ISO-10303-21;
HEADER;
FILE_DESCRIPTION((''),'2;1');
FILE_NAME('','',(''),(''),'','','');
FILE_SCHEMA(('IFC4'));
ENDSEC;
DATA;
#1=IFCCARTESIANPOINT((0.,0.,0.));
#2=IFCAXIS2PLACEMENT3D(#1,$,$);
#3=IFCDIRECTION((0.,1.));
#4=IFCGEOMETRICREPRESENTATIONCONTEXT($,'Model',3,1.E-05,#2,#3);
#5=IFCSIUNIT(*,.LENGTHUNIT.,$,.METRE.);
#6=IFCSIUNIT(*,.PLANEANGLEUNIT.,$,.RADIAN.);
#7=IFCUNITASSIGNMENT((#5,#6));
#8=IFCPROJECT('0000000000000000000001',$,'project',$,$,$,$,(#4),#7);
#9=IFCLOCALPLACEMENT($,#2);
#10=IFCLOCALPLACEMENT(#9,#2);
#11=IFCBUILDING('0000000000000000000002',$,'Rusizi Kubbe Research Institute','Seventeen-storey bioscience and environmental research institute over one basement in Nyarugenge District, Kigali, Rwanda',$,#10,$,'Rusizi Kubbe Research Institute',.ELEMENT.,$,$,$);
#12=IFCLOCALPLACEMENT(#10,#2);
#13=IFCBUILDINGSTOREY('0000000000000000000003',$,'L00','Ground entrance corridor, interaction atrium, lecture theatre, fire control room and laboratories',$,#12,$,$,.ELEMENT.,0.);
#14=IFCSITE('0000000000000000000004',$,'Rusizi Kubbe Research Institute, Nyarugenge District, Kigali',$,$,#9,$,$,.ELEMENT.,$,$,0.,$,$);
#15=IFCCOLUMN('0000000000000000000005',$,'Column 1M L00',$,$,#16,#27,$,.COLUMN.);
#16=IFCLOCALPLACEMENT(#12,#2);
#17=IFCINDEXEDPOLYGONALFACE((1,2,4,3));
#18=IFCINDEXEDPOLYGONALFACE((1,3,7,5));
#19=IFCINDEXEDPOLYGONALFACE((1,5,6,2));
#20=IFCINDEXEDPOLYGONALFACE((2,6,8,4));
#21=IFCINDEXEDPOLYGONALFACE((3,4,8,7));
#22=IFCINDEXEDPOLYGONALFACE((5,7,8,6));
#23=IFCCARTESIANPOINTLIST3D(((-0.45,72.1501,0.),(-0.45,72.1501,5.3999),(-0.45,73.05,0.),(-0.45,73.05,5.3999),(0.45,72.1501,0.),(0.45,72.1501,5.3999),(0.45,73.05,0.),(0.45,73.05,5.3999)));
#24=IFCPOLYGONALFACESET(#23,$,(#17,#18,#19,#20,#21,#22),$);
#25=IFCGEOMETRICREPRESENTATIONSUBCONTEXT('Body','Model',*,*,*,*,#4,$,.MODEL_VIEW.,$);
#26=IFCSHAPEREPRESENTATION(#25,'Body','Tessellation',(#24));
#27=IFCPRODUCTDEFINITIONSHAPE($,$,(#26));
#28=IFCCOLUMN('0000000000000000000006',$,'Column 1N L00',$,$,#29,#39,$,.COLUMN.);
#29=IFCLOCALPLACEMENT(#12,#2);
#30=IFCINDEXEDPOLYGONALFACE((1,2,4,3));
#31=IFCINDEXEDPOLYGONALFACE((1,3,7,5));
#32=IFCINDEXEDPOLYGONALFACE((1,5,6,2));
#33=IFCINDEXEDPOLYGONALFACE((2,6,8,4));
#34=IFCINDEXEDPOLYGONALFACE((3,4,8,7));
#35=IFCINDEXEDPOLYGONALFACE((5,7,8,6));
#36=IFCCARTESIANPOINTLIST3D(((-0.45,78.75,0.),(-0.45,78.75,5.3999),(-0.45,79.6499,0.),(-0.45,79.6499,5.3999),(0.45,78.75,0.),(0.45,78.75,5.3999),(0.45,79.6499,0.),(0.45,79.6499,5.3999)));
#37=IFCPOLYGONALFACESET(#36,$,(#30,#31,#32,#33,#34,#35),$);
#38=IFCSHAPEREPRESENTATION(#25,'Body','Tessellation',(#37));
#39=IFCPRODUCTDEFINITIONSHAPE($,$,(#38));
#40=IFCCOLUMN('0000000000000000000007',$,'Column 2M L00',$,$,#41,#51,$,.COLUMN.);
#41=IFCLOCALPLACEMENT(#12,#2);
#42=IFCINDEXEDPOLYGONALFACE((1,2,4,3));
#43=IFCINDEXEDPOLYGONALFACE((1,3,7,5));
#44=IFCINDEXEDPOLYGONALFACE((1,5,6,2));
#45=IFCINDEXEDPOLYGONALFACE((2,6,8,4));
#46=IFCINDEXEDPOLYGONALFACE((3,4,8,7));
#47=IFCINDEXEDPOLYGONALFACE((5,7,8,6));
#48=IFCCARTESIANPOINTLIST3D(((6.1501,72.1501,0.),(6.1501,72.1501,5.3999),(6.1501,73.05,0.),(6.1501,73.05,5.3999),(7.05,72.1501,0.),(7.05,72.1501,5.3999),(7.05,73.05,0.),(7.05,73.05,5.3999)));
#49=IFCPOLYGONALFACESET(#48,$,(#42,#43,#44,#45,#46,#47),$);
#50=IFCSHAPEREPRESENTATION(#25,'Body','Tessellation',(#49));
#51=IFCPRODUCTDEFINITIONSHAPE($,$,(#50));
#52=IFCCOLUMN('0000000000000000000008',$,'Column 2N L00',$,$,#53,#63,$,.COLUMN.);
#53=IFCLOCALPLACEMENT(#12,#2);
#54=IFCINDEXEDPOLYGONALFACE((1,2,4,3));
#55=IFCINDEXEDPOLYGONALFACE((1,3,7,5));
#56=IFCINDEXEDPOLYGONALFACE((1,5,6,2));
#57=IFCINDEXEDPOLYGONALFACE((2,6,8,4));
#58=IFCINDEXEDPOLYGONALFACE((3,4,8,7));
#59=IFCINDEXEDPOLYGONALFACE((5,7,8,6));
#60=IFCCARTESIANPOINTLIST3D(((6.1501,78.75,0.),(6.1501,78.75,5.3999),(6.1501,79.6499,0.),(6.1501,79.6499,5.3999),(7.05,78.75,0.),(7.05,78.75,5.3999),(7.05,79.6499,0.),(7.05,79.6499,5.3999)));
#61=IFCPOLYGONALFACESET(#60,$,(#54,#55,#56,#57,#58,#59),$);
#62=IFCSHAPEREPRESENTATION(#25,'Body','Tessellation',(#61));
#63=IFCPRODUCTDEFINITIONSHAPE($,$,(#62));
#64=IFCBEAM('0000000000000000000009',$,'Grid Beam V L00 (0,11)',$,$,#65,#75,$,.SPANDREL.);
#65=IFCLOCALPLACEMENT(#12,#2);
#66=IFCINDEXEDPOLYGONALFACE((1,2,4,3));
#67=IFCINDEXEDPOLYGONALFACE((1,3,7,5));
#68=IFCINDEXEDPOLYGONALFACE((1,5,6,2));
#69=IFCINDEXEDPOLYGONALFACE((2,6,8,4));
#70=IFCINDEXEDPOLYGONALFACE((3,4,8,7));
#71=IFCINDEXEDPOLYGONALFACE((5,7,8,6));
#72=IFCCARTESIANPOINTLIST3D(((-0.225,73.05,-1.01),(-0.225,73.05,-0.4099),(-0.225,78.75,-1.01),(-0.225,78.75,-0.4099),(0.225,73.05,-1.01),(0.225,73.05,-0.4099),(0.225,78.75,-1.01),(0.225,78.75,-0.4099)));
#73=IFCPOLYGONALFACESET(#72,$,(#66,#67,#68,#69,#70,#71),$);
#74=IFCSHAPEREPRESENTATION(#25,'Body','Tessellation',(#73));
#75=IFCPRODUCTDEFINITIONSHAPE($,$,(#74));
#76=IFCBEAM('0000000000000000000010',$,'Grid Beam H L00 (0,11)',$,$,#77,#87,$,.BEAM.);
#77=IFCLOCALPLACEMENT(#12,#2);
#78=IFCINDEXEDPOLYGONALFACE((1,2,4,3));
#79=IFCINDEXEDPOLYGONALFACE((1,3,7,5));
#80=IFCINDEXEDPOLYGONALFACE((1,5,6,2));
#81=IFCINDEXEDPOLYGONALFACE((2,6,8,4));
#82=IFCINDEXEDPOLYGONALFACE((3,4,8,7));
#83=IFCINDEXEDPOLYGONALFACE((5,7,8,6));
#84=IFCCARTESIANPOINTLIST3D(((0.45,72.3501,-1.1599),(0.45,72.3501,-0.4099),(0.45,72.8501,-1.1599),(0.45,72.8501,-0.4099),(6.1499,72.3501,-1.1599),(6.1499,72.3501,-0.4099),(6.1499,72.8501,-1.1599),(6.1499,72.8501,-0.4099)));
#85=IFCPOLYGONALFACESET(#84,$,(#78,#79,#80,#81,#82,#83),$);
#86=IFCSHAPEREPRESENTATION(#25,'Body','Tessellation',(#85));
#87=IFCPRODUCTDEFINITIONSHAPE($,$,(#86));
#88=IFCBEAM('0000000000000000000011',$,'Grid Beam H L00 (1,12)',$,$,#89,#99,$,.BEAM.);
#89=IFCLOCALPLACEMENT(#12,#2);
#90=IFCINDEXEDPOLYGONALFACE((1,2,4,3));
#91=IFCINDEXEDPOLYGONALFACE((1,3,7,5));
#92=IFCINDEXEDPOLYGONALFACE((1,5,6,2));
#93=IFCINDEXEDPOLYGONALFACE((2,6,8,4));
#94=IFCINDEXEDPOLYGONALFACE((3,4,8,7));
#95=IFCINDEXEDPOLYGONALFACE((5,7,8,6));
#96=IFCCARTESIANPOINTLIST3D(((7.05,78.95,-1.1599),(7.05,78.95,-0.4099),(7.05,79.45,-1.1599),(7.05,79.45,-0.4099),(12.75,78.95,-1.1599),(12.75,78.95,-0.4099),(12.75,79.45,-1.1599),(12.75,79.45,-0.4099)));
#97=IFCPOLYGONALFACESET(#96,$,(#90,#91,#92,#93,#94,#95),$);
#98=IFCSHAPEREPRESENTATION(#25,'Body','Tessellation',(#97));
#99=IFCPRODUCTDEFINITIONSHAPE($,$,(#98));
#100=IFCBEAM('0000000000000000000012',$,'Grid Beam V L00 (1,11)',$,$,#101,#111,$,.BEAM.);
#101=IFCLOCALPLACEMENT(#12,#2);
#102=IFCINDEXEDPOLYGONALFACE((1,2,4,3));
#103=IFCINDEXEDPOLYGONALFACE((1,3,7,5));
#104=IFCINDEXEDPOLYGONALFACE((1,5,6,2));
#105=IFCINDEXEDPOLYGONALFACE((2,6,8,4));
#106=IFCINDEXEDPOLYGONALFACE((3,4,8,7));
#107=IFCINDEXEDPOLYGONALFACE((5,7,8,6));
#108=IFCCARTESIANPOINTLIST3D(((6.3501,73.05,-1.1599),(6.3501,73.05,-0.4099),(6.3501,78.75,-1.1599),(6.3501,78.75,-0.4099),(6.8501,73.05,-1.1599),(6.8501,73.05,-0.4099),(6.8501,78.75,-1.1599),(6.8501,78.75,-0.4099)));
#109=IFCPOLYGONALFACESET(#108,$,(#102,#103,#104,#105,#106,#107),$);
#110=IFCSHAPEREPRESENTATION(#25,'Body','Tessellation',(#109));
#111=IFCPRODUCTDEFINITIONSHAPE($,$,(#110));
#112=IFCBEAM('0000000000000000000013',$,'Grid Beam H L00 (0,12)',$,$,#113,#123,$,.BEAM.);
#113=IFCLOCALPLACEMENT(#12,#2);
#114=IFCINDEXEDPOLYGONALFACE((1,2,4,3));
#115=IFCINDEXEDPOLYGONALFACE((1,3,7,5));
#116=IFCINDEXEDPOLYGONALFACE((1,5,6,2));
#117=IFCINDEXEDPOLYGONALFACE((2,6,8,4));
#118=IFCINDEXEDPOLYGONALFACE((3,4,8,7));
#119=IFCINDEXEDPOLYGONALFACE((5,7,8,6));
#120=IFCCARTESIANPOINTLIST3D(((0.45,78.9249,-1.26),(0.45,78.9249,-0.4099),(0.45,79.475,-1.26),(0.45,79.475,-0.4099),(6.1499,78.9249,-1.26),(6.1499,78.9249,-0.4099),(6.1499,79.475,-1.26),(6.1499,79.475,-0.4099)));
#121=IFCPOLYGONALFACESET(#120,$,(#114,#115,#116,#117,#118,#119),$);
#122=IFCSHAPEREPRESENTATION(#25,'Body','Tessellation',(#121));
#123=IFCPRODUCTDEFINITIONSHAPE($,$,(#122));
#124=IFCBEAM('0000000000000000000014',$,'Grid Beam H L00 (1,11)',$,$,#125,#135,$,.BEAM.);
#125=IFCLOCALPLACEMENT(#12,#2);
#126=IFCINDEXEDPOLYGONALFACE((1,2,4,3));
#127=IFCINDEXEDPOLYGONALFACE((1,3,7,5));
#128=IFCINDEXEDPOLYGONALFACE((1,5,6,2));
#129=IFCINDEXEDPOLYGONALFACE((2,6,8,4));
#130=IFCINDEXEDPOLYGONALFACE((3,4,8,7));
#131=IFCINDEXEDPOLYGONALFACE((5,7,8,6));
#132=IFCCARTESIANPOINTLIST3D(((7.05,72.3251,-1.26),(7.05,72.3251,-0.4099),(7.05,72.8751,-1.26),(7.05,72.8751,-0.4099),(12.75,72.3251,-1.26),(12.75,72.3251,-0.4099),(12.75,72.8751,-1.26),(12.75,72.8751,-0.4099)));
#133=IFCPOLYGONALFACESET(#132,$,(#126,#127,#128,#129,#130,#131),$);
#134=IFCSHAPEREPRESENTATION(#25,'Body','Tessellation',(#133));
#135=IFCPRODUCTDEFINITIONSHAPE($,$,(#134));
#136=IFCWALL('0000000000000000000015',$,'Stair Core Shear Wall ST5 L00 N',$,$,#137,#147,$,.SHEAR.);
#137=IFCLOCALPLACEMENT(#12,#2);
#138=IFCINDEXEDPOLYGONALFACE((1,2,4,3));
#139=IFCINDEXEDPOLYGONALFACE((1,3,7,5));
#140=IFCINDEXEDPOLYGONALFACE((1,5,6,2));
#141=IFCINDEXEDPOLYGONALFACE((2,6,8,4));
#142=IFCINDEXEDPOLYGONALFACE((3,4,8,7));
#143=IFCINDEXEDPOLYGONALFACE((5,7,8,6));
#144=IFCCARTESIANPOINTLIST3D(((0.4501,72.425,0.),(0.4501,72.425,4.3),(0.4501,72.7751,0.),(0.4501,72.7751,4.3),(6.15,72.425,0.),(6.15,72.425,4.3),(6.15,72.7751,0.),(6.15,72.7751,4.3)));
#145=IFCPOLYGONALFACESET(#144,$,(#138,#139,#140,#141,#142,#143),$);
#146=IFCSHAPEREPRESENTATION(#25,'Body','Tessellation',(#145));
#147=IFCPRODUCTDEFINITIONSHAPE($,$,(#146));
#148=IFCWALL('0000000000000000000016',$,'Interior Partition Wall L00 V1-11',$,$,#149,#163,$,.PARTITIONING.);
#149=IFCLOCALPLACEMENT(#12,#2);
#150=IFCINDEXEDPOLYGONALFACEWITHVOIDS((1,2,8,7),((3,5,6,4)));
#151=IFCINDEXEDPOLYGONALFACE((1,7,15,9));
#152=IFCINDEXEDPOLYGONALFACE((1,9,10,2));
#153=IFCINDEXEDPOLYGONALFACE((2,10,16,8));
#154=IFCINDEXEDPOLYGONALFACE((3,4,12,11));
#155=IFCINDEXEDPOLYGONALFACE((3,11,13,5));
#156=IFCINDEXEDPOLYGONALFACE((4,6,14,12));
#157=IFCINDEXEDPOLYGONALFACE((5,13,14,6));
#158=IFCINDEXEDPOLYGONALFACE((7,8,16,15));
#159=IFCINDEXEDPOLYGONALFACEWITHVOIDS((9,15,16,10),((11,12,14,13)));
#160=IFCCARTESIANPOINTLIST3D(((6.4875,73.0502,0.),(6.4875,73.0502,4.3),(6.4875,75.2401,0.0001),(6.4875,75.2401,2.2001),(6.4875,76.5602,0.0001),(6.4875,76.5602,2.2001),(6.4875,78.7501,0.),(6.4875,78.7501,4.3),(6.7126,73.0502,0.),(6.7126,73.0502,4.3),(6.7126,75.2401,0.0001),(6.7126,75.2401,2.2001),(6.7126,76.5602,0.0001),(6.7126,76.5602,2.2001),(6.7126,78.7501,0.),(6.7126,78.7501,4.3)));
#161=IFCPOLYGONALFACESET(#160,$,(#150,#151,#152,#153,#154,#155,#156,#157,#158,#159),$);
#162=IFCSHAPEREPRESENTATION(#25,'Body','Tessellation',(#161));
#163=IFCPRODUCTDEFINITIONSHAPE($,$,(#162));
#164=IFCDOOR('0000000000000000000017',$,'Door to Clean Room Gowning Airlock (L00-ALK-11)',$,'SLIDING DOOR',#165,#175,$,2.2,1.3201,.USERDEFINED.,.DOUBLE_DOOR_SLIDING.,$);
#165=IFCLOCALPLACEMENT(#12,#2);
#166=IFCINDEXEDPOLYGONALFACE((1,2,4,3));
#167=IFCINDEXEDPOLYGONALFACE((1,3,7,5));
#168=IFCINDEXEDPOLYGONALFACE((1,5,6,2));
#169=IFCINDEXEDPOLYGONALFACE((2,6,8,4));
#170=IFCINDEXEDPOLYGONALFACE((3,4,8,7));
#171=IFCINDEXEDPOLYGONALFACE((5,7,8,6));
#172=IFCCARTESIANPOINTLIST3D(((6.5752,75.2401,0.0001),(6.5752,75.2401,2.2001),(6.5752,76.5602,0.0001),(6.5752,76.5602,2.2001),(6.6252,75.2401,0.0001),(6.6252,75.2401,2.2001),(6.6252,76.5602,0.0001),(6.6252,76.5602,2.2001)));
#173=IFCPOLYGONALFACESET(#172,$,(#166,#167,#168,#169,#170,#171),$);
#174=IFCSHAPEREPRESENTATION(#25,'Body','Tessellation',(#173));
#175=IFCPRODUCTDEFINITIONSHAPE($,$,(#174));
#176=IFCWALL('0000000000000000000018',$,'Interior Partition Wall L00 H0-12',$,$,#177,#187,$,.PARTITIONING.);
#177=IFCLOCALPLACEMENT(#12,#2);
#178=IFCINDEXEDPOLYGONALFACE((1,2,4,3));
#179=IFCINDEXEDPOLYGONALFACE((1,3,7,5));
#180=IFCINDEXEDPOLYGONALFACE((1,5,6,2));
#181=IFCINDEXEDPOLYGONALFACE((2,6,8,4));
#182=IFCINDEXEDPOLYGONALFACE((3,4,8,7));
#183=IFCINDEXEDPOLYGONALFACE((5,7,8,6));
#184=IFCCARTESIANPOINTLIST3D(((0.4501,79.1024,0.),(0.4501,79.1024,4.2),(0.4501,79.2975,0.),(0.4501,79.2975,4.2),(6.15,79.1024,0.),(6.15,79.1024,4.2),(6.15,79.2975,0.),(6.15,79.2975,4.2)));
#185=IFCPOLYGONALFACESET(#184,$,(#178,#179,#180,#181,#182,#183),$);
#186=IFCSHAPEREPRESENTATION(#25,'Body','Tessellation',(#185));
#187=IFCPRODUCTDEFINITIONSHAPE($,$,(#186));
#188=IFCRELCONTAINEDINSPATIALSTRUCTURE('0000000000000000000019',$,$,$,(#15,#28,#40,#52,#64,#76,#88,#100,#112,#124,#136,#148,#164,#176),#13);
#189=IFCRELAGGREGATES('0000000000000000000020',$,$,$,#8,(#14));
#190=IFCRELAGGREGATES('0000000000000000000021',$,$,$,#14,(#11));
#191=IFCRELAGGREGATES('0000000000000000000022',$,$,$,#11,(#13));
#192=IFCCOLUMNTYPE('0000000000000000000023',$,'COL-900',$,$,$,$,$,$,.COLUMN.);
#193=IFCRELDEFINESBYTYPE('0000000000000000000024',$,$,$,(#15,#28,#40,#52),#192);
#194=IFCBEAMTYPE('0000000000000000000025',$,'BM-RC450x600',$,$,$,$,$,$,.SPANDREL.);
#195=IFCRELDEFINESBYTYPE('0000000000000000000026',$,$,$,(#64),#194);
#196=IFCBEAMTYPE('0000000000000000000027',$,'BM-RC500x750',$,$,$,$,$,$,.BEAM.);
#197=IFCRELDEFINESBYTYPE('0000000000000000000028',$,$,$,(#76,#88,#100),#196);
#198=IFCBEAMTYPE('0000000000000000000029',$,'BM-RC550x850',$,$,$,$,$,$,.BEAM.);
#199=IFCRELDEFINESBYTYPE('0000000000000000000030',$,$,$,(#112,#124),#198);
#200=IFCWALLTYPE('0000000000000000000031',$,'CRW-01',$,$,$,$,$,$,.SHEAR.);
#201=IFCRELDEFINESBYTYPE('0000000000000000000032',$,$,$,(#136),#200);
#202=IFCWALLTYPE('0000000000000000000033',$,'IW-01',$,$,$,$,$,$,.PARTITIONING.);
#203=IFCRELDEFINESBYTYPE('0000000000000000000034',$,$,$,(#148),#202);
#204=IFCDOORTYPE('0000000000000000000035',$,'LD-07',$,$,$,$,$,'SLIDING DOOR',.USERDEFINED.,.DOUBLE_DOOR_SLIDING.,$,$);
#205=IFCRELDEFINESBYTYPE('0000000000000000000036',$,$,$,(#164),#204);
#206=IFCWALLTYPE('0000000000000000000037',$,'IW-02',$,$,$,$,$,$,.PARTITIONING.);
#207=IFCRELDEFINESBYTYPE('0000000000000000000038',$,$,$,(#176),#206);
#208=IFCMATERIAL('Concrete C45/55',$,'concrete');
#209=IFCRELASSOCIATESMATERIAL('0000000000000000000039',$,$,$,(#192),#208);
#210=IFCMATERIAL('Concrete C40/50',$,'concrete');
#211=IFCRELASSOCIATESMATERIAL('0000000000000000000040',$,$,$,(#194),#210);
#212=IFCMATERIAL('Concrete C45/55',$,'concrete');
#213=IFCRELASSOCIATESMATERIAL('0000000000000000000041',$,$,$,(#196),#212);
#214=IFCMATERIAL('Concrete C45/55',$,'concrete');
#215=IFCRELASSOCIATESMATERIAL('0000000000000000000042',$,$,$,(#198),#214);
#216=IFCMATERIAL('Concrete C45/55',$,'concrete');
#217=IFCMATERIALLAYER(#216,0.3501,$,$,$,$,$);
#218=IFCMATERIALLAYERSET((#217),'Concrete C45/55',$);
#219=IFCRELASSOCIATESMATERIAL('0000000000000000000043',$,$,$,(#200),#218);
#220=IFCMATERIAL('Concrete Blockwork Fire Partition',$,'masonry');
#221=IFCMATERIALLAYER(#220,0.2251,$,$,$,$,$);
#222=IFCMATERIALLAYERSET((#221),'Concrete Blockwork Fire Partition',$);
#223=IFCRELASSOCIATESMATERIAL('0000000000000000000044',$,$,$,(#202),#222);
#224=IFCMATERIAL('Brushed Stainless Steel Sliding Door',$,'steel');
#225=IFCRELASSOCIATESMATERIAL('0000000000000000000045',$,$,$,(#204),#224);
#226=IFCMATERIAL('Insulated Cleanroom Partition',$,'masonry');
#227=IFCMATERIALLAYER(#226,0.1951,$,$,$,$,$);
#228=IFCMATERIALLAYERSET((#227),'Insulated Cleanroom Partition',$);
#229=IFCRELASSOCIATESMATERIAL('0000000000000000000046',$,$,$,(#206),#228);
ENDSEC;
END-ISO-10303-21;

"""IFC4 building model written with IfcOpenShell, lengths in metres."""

from ifc_helpers import new_model, si_unit, direction, frame, frame_2d, origin, origin_2d, place, context, subcontext, project, spatial, rectangle, extrude, material, layer, layer_set, material_profile, profile_set, type_object, element, fill, save


model = new_model("IFC4")

# Units and contexts
model_context = context("Model", 3, precision=1e-05, world=origin(), true_north=direction((0.0, 1.0)))
body_context = subcontext(model_context, "Body", "Model", "MODEL_VIEW")
ifc_project = project(units=[si_unit("LENGTHUNIT", "METRE"), si_unit("PLANEANGLEUNIT", "RADIAN")], contexts=[model_context])

# Site, building, storey
site_placement = place(None, origin())
site = spatial("IfcSite", under=ifc_project, at=site_placement, Name="Rusizi Kubbe Research Institute, Nyarugenge District, Kigali", CompositionType="ELEMENT", RefElevation=0.0)
building_placement = place(site_placement, origin())
building = spatial("IfcBuilding", under=site, at=building_placement, Name="Rusizi Kubbe Research Institute", Description="Seventeen-storey bioscience and environmental research institute over one basement in Nyarugenge District, Kigali, Rwanda", LongName="Rusizi Kubbe Research Institute", CompositionType="ELEMENT")
storey_placement = place(building_placement, origin())
storey = spatial("IfcBuildingStorey", under=building, at=storey_placement, Name="L00", Description="Ground entrance corridor, interaction atrium, lecture theatre, fire control room and laboratories", CompositionType="ELEMENT", Elevation=0.0)

# Columns
ifc_material_1 = material(Name="Concrete C45/55", Category="concrete")
ifc_material_profile_1 = material_profile(ifc_material_1, rectangle(XDim=0.8999, YDim=0.8999, at=origin_2d()), Name="RC900x900")
ifc_profile_set_1 = profile_set([ifc_material_profile_1], Name="Concrete C45/55")
column_type = type_object("IfcColumnType", Name="COL-900", PredefinedType="COLUMN", material=ifc_profile_set_1)
for number, where, z_axis, x_axis, name in (
    (1, (0.0, 72.6001, 0.0), (0.0, 0.0, 1.0), (1.0, 0.0, 0.0), "Column 1M L00"),
    (2, (0.0, 79.2, 0.0), (0.0, 0.0, 1.0), (1.0, 0.0, 0.0), "Column 1N L00"),
    (3, (6.6001, 72.6001, 0.0), (0.0, 0.0, 1.0), (1.0, 0.0, 0.0), "Column 2M L00"),
    (4, (6.6001, 79.2, 0.0), (0.0, 0.0, 1.0), (1.0, 0.0, 0.0), "Column 2N L00"),
):
    element("IfcColumn", number, at=place(storey_placement, frame(where, z_axis=z_axis, x_axis=x_axis)), inside=storey, type_object=column_type, Name=name, PredefinedType="COLUMN", context=body_context, shape_type="SweptSolid", body=[
        extrude(rectangle(XDim=0.8999, YDim=0.8999, at=origin_2d()), origin(), (0.0, 0.0, 1.0), 5.3999),
    ])

# Beams
ifc_material_2 = material(Name="Concrete C40/50", Category="concrete")
ifc_material_profile_2 = material_profile(ifc_material_2, rectangle(XDim=0.45, YDim=0.6001, at=origin_2d()), Name="RC450x600")
ifc_profile_set_2 = profile_set([ifc_material_profile_2], Name="Concrete C40/50")
beam_type_1 = type_object("IfcBeamType", Name="BM-RC450x600", PredefinedType="SPANDREL", material=ifc_profile_set_2)
beam_placement = place(storey_placement, frame((0.0, 73.05, -0.71), z_axis=(0.0, 1.0, 0.0), x_axis=(-1.0, 0.0, 0.0)))
element("IfcBeam", 5, at=beam_placement, inside=storey, type_object=beam_type_1, Name="Grid Beam V L00 (0,11)", PredefinedType="SPANDREL", context=body_context, shape_type="SweptSolid", body=[
    extrude(rectangle(XDim=0.45, YDim=0.6001, at=origin_2d()), origin(), (0.0, 0.0, 1.0), 5.7),
])
ifc_material_3 = material(Name="Concrete C45/55", Category="concrete")
ifc_material_profile_3 = material_profile(ifc_material_3, rectangle(XDim=0.5, YDim=0.75, at=origin_2d()), Name="RC500x750B")
ifc_profile_set_3 = profile_set([ifc_material_profile_3], Name="Concrete C45/55")
beam_type_2 = type_object("IfcBeamType", Name="BM-RC500x750", PredefinedType="BEAM", material=ifc_profile_set_3)
for number, where, z_axis, x_axis, name in (
    (6, (0.45, 72.6001, -0.7849), (1.0, 0.0, 0.0), (0.0, 1.0, 0.0), "Grid Beam H L00 (0,11)"),
    (7, (7.05, 79.2, -0.7849), (1.0, 0.0, 0.0), (0.0, 1.0, 0.0), "Grid Beam H L00 (1,12)"),
    (8, (6.6001, 73.05, -0.7849), (0.0, 1.0, 0.0), (-1.0, 0.0, 0.0), "Grid Beam V L00 (1,11)"),
):
    element("IfcBeam", number, at=place(storey_placement, frame(where, z_axis=z_axis, x_axis=x_axis)), inside=storey, type_object=beam_type_2, Name=name, PredefinedType="BEAM", context=body_context, shape_type="SweptSolid", body=[
        extrude(rectangle(XDim=0.5, YDim=0.75, at=origin_2d()), origin(), (0.0, 0.0, 1.0), 5.7),
    ])
ifc_material_4 = material(Name="Concrete C45/55", Category="concrete")
ifc_material_profile_4 = material_profile(ifc_material_4, rectangle(XDim=0.55, YDim=0.8501, at=origin_2d()), Name="RC550x850")
ifc_profile_set_4 = profile_set([ifc_material_profile_4], Name="Concrete C45/55")
beam_type_3 = type_object("IfcBeamType", Name="BM-RC550x850", PredefinedType="BEAM", material=ifc_profile_set_4)
for number, where, z_axis, x_axis, name in (
    (9, (0.45, 79.2, -0.835), (1.0, 0.0, 0.0), (0.0, 1.0, 0.0), "Grid Beam H L00 (0,12)"),
    (10, (7.05, 72.6001, -0.835), (1.0, 0.0, 0.0), (0.0, 1.0, 0.0), "Grid Beam H L00 (1,11)"),
):
    element("IfcBeam", number, at=place(storey_placement, frame(where, z_axis=z_axis, x_axis=x_axis)), inside=storey, type_object=beam_type_3, Name=name, PredefinedType="BEAM", context=body_context, shape_type="SweptSolid", body=[
        extrude(rectangle(XDim=0.55, YDim=0.8501, at=origin_2d()), origin(), (0.0, 0.0, 1.0), 5.7),
    ])

# Wall
ifc_material_5 = material(Name="Concrete C45/55", Category="concrete")
ifc_layer_1 = layer(ifc_material_5, 0.3501)
ifc_layer_set_1 = layer_set([ifc_layer_1], Name="Concrete C45/55")
wall_type_1 = type_object("IfcWallType", Name="CRW-01", PredefinedType="SHEAR", material=ifc_layer_set_1)
wall_1_placement = place(storey_placement, frame((0.45, 72.6001, 0.0), z_axis=(0.0, 0.0, 1.0), x_axis=(1.0, 0.0, 0.0)))
element("IfcWall", 11, at=wall_1_placement, inside=storey, type_object=wall_type_1, Name="Stair Core Shear Wall ST5 L00 N", PredefinedType="SHEAR", context=body_context, shape_type="SweptSolid", body=[
    extrude(rectangle(XDim=5.7, YDim=0.3501, at=frame_2d((2.8501, 0.0))), origin(), (0.0, 0.0, 1.0), 4.3),
])

# Wall, opening, door
ifc_material_6 = material(Name="Concrete Blockwork Fire Partition", Category="masonry")
ifc_layer_2 = layer(ifc_material_6, 0.2251)
ifc_layer_set_2 = layer_set([ifc_layer_2], Name="Concrete Blockwork Fire Partition")
wall_type_2 = type_object("IfcWallType", Name="IW-01", PredefinedType="PARTITIONING", material=ifc_layer_set_2)
wall_2_placement = place(storey_placement, frame((6.6001, 73.05, 0.0), z_axis=(0.0, 0.0, 1.0), x_axis=(0.0, 1.0, 0.0)))
wall_2 = element("IfcWall", 12, at=wall_2_placement, inside=storey, type_object=wall_type_2, Name="Interior Partition Wall L00 V1-11", PredefinedType="PARTITIONING", context=body_context, shape_type="SweptSolid", body=[
    extrude(rectangle(XDim=5.7, YDim=0.2251, at=frame_2d((2.8501, 0.0))), origin(), (0.0, 0.0, 1.0), 4.3),
])
opening_placement = place(wall_2_placement, frame((2.1899, 0.0, 0.0)))
opening = element("IfcOpeningElement", 13, at=opening_placement, cuts=wall_2, PredefinedType="OPENING", context=body_context, shape_type="SweptSolid", body=[
    extrude(rectangle(XDim=1.3201, YDim=2.2, at=frame_2d((0.6602, 1.1001))), frame((0.0, 0.1226, 0.0), z_axis=(0.0, -1.0, 0.0), x_axis=(1.0, 0.0, 0.0)), (0.0, 0.0, 1.0), 0.2451),
])
ifc_material_7 = material(Name="Brushed Stainless Steel Sliding Door", Category="steel")
door_type = type_object("IfcDoorType", Name="LD-07", ElementType="SLIDING DOOR", OperationType="DOUBLE_DOOR_SLIDING", PredefinedType="USERDEFINED", material=ifc_material_7)
door_placement = place(opening_placement, origin())
door = element("IfcDoor", 14, at=door_placement, inside=storey, type_object=door_type, Name="Door to Clean Room Gowning Airlock (L00-ALK-11)", ObjectType="SLIDING DOOR", OperationType="DOUBLE_DOOR_SLIDING", OverallHeight=2.2, OverallWidth=1.3201, PredefinedType="USERDEFINED", context=body_context, shape_type="SweptSolid", body=[
    extrude(rectangle(XDim=1.3201, YDim=2.2, at=frame_2d((0.6602, 1.1001))), frame((0.0, 0.0249, 0.0), z_axis=(0.0, -1.0, 0.0), x_axis=(1.0, 0.0, 0.0)), (0.0, 0.0, 1.0), 0.05),
])
fill(opening, door)

# Wall
ifc_material_8 = material(Name="Insulated Cleanroom Partition", Category="masonry")
ifc_layer_3 = layer(ifc_material_8, 0.1951)
ifc_layer_set_3 = layer_set([ifc_layer_3], Name="Insulated Cleanroom Partition")
wall_type_3 = type_object("IfcWallType", Name="IW-02", PredefinedType="PARTITIONING", material=ifc_layer_set_3)
wall_3_placement = place(storey_placement, frame((0.45, 79.2, 0.0), z_axis=(0.0, 0.0, 1.0), x_axis=(1.0, 0.0, 0.0)))
element("IfcWall", 15, at=wall_3_placement, inside=storey, type_object=wall_type_3, Name="Interior Partition Wall L00 H0-12", PredefinedType="PARTITIONING", context=body_context, shape_type="SweptSolid", body=[
    extrude(rectangle(XDim=5.7, YDim=0.1951, at=frame_2d((2.8501, 0.0))), origin(), (0.0, 0.0, 1.0), 4.2),
])

save(model, "model.ifc")
